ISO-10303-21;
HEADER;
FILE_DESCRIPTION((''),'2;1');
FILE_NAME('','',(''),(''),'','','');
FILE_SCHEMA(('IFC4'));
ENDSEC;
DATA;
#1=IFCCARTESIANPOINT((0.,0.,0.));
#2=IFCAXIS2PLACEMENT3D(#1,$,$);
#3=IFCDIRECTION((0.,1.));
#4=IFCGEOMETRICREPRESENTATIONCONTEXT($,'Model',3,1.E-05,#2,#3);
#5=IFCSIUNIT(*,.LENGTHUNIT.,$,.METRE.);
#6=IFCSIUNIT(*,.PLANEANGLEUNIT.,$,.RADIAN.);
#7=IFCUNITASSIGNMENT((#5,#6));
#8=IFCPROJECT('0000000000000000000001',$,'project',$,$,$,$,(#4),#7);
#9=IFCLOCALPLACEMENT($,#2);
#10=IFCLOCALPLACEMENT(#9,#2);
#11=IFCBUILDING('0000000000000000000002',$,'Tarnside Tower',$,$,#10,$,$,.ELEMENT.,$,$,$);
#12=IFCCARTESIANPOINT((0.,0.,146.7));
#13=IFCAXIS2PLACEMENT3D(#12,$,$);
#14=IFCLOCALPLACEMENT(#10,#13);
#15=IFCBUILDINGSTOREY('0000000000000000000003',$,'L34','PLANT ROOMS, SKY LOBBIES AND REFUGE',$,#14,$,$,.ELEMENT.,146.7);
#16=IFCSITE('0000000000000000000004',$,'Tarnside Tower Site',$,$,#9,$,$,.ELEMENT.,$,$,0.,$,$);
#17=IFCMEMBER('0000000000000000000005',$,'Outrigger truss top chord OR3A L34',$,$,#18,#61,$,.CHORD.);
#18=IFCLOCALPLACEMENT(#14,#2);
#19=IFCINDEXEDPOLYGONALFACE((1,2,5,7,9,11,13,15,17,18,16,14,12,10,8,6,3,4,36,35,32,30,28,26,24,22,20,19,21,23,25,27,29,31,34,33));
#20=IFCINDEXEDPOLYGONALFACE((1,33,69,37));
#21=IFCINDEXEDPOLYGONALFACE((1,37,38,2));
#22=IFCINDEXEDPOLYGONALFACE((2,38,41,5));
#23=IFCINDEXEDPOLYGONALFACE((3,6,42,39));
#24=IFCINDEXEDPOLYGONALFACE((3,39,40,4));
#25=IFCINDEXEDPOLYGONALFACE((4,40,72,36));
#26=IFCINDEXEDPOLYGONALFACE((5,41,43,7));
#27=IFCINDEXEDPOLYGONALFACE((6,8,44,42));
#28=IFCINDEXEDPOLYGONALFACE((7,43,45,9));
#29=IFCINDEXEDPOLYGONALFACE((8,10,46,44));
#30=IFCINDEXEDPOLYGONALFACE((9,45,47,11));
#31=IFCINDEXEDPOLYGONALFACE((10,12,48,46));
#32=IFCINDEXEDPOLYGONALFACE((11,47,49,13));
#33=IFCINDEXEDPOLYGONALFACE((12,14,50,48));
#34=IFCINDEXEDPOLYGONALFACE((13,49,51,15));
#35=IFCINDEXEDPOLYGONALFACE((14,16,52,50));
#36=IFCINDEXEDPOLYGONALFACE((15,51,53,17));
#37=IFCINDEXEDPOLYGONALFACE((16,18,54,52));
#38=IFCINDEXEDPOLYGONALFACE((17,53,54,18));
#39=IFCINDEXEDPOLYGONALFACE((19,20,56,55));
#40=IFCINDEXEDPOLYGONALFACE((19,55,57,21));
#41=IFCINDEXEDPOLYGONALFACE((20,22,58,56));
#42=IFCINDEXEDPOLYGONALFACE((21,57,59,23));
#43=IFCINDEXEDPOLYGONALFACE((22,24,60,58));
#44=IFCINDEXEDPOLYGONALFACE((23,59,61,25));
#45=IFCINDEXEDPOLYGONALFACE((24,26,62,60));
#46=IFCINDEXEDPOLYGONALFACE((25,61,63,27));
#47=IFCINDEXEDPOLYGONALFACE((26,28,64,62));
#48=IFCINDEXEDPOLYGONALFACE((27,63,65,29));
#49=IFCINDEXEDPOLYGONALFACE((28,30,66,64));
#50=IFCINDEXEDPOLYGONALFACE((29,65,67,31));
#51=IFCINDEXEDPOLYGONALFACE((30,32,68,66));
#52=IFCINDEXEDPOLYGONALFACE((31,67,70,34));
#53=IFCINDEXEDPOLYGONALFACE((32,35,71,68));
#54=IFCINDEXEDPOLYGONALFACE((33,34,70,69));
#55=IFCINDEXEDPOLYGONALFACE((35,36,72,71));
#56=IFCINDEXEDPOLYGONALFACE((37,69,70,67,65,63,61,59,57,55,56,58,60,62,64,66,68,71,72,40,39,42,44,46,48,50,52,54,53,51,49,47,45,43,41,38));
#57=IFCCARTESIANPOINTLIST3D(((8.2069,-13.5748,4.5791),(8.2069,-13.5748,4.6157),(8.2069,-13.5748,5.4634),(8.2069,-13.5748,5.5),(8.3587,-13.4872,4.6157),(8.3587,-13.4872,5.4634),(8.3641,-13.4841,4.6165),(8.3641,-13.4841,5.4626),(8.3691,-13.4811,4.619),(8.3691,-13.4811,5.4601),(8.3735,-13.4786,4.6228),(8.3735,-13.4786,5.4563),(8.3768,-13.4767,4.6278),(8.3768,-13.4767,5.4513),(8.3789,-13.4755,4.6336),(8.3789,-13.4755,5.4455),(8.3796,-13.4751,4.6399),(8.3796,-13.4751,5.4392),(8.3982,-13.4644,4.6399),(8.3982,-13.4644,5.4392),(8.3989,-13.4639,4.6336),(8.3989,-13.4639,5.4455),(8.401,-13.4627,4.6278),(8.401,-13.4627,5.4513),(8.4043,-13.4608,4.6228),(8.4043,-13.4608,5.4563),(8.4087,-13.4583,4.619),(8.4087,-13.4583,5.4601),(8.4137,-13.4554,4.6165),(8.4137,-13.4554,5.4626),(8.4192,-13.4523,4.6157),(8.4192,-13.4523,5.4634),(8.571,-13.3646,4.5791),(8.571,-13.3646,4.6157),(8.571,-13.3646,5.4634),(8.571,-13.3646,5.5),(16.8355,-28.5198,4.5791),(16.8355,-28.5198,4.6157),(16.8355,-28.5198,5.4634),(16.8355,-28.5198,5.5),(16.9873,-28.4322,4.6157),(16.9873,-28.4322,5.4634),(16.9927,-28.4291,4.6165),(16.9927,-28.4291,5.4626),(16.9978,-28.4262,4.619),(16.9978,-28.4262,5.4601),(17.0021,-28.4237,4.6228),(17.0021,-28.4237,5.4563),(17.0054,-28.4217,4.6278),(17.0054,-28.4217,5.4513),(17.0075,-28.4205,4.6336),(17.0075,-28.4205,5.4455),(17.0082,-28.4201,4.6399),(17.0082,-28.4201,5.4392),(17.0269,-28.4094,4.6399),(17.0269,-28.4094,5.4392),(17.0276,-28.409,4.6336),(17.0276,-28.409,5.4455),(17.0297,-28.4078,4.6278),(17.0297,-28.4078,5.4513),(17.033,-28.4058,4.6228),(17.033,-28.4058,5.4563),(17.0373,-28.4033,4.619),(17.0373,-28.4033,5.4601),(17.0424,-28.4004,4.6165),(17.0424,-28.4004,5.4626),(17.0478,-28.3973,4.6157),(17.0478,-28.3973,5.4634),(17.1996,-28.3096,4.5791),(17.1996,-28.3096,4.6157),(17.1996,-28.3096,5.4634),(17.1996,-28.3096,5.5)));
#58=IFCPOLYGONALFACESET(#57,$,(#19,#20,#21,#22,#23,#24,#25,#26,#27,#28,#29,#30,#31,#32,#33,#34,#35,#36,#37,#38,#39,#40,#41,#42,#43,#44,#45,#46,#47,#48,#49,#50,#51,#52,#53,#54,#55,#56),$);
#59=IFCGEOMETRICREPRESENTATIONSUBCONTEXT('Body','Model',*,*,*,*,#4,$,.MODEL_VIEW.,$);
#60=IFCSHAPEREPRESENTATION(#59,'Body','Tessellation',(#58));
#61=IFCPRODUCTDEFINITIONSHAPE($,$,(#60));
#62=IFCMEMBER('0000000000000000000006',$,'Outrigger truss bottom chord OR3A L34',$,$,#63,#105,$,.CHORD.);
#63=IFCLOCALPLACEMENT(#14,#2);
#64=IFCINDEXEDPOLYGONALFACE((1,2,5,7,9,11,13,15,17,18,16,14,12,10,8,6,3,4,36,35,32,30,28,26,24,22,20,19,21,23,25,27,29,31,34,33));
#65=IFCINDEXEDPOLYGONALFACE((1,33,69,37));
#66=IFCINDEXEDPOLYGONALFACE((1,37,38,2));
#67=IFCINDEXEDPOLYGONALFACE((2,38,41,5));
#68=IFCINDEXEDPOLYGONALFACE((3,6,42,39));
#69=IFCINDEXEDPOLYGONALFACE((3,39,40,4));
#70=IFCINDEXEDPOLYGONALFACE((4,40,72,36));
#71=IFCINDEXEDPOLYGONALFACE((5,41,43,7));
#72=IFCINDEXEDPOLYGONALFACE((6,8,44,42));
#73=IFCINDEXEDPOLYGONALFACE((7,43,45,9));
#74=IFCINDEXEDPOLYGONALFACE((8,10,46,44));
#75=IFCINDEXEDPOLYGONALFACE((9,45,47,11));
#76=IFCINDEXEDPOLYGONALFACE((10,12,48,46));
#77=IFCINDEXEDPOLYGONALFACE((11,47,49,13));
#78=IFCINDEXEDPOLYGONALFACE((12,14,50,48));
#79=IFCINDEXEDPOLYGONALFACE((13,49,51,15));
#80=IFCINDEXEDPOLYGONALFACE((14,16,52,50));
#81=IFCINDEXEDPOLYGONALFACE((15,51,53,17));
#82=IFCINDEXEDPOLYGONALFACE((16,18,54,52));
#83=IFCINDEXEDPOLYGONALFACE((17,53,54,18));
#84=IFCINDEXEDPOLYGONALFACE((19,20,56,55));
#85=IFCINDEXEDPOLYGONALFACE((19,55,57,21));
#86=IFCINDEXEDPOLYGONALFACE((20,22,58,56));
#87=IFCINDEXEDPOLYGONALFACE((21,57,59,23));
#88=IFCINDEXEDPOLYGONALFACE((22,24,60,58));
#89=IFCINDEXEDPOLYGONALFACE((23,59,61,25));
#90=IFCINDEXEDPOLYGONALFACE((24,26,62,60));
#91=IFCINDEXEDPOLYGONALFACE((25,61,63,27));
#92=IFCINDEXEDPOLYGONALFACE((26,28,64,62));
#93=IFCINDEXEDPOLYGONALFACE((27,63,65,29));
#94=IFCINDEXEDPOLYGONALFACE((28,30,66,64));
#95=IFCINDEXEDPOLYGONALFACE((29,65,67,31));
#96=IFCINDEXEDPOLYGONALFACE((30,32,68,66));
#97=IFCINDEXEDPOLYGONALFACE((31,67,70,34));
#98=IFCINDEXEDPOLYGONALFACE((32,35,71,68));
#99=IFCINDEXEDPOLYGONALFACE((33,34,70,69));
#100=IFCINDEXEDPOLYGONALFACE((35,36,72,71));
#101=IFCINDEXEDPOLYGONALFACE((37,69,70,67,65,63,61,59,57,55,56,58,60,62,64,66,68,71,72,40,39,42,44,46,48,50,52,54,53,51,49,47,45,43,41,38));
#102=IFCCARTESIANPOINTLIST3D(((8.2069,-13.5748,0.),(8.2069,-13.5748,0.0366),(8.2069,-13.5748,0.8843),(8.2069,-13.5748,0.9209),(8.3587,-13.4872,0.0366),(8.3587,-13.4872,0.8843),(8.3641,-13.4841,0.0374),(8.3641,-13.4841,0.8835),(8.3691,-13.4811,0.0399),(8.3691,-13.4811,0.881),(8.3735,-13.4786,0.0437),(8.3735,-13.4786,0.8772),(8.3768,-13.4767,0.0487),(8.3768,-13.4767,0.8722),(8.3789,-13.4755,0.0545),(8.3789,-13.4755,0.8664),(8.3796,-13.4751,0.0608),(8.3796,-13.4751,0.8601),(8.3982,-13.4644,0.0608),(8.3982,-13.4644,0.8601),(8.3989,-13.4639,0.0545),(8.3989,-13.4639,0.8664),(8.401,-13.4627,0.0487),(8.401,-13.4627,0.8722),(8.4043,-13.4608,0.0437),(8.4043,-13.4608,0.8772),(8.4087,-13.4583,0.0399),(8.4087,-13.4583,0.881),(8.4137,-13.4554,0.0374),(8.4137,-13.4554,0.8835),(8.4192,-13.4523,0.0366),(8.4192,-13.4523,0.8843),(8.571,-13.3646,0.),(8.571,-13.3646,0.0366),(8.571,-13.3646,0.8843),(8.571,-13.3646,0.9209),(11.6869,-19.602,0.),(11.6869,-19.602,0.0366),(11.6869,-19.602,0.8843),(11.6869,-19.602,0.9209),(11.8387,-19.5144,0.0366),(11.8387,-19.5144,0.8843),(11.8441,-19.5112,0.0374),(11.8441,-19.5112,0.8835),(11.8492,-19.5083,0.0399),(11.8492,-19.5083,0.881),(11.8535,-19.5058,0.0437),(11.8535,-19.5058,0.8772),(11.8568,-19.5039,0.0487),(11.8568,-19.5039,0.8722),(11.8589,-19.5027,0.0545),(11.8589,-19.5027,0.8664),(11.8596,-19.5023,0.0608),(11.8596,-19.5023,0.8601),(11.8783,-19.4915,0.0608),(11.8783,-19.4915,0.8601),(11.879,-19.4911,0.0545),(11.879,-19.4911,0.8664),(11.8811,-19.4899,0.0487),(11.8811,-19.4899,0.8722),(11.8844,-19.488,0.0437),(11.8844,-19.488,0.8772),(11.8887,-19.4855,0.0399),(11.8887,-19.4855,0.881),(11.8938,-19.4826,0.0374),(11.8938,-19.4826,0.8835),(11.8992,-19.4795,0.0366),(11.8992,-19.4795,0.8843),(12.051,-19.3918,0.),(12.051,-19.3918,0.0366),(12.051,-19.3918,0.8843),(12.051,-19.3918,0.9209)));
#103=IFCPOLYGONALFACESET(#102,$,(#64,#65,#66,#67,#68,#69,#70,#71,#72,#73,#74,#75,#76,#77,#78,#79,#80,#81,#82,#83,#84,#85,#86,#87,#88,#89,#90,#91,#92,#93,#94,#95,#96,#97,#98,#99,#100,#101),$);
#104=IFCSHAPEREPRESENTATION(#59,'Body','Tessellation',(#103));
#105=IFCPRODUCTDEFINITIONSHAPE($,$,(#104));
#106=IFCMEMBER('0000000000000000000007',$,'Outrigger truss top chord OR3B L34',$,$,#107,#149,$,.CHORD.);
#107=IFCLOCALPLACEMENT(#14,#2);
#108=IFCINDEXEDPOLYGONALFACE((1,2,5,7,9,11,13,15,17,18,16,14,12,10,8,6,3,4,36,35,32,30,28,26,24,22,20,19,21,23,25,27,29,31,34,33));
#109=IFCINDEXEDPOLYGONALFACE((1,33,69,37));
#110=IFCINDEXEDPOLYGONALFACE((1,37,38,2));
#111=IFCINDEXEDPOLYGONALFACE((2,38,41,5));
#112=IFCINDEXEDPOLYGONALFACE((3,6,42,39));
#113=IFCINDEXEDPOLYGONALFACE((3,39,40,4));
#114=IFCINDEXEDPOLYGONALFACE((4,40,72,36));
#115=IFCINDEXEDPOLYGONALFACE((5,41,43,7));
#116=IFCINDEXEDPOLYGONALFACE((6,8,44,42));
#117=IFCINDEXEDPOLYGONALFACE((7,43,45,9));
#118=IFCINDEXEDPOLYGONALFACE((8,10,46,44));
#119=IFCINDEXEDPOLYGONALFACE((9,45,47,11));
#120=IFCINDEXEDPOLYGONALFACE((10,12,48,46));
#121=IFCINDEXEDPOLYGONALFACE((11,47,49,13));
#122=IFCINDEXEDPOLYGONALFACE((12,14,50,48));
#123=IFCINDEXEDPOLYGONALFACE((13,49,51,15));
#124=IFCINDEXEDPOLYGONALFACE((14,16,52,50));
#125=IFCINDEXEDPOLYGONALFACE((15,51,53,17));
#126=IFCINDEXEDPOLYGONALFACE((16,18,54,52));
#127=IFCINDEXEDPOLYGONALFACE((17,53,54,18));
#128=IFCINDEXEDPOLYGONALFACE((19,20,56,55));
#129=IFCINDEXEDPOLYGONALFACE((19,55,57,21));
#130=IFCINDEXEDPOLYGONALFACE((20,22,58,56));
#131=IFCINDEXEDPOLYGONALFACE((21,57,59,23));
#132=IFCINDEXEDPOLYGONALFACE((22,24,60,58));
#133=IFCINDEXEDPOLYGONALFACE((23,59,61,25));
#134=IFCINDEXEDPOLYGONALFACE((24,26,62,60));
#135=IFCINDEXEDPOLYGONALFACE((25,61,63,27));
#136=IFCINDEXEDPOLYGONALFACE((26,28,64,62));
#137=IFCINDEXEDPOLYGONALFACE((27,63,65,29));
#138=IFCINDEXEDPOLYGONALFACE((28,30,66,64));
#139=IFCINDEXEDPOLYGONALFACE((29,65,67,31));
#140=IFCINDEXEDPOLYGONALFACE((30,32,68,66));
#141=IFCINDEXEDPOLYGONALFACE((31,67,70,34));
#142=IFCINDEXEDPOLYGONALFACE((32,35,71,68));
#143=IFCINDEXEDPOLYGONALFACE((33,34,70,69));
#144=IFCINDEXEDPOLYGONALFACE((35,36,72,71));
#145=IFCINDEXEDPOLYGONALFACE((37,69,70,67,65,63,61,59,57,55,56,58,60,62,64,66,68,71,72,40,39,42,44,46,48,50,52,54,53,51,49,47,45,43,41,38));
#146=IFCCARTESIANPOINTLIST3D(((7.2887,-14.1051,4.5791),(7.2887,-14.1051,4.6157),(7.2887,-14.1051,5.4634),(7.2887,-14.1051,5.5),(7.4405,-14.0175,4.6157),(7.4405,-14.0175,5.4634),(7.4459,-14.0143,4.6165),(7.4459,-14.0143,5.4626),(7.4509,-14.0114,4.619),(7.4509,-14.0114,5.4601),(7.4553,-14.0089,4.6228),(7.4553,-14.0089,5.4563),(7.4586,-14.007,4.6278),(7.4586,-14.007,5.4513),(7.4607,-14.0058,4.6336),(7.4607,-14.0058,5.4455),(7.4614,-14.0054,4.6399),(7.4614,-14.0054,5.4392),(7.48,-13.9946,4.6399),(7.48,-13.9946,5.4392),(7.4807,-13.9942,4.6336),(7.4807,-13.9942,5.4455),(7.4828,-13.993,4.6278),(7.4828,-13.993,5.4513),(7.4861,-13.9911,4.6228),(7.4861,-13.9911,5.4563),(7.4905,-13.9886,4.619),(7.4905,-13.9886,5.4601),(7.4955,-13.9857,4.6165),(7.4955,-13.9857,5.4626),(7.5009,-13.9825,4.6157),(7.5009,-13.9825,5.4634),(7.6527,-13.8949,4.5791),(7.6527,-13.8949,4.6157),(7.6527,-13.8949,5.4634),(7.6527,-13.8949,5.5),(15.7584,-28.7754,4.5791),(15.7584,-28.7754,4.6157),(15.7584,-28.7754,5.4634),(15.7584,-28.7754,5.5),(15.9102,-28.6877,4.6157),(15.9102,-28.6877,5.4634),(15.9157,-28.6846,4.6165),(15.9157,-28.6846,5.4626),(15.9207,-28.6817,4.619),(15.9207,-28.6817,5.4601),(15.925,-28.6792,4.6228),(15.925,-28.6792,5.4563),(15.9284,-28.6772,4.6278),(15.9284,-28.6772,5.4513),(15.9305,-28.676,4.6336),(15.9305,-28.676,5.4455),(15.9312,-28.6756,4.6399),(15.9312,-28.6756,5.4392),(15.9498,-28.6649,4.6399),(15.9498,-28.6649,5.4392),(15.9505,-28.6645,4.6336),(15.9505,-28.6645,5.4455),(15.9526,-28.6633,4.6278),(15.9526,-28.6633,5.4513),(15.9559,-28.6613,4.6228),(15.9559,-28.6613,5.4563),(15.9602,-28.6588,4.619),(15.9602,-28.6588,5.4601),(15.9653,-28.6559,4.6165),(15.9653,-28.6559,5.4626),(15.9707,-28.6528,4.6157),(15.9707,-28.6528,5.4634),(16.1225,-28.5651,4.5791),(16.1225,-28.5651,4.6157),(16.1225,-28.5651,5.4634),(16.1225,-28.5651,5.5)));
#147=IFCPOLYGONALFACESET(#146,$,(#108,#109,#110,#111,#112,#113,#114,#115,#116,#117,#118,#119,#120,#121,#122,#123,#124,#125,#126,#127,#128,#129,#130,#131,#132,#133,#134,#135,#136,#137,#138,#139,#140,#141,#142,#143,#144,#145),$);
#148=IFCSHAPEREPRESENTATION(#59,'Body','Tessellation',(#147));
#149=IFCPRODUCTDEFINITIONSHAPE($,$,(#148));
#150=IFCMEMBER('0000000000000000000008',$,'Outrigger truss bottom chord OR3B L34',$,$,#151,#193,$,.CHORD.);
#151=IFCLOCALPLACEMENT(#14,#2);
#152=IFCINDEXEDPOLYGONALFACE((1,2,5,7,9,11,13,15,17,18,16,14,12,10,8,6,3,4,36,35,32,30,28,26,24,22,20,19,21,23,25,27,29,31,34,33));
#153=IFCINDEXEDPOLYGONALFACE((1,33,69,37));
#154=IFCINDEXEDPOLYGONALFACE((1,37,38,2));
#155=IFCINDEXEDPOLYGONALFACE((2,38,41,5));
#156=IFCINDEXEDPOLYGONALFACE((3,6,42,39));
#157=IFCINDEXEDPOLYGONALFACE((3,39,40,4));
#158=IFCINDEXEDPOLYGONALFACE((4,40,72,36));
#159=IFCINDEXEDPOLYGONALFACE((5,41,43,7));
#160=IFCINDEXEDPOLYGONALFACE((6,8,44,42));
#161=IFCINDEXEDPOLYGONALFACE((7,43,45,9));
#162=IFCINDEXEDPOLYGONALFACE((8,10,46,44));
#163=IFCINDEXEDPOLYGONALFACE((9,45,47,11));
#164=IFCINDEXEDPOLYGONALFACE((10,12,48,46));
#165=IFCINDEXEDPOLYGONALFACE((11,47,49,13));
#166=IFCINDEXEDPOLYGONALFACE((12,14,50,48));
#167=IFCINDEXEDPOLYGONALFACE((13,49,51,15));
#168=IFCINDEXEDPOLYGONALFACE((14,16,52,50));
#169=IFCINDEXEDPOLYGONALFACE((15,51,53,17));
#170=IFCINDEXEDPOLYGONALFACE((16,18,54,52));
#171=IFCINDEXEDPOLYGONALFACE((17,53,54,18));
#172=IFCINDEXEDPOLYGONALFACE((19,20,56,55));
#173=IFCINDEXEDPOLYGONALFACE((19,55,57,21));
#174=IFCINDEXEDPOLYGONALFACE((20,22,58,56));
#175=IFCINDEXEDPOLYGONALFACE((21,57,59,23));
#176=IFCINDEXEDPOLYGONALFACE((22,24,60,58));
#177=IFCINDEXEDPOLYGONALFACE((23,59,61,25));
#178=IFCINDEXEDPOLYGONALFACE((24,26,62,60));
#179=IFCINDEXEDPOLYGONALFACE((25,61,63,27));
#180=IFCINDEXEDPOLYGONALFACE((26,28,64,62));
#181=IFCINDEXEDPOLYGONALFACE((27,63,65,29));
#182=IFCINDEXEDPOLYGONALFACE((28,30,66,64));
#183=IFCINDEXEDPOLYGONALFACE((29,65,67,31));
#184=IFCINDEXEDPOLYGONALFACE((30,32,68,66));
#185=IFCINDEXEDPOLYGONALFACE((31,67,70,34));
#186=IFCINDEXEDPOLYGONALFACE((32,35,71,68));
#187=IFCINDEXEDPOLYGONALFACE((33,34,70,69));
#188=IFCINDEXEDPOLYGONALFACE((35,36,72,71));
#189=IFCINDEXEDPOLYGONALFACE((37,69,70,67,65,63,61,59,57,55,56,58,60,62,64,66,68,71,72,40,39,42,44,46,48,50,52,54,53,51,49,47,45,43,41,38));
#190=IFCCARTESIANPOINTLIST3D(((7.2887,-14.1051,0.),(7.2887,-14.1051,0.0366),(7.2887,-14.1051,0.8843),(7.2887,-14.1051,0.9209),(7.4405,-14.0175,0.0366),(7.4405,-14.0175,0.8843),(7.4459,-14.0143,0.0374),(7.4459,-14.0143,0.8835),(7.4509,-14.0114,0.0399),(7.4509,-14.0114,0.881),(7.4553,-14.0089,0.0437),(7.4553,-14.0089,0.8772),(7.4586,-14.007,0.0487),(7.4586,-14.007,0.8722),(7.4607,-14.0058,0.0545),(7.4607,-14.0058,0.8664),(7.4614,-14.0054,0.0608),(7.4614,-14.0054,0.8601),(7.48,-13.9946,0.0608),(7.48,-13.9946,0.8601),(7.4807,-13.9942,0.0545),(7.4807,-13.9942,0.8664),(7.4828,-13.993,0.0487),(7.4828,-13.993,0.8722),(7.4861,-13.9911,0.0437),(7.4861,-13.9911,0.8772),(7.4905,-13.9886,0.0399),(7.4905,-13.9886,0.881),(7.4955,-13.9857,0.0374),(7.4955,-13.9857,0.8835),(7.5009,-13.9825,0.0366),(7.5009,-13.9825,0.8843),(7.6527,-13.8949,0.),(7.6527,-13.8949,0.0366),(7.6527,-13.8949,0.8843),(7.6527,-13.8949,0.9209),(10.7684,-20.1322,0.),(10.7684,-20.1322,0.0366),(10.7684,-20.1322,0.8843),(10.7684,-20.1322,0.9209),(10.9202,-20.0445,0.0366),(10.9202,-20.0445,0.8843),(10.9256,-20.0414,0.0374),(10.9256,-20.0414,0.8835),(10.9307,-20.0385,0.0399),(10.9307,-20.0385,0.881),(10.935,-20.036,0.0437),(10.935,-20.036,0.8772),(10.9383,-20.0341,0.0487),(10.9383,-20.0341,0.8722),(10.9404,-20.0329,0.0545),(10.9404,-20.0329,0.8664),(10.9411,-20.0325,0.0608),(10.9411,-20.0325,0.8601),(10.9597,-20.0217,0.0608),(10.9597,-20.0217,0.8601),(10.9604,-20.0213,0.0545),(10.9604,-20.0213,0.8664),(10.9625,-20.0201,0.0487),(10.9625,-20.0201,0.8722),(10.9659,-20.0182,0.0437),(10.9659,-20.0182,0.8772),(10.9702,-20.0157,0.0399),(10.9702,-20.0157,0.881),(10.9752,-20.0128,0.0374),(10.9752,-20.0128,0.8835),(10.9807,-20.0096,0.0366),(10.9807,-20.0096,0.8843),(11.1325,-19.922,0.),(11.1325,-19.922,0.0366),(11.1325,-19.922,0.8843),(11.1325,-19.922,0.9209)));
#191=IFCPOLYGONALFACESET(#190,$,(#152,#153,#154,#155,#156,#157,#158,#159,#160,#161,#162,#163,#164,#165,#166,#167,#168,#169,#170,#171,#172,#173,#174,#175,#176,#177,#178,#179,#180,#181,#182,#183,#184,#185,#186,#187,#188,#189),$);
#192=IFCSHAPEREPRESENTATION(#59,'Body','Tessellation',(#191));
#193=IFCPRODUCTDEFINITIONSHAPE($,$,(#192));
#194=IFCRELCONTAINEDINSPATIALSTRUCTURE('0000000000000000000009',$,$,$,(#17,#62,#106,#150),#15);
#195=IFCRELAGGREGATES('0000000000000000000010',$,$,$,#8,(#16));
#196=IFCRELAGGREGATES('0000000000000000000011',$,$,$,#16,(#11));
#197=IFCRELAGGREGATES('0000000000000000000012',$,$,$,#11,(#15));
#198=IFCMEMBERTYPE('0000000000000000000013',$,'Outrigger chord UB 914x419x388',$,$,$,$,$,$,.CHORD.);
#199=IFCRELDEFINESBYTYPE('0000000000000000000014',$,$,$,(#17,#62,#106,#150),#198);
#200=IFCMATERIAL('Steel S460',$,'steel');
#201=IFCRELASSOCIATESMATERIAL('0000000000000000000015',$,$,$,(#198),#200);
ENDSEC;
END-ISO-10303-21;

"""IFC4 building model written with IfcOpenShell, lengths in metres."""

from ifc_helpers import new_model, si_unit, direction, frame, origin, origin_2d, place, context, subcontext, project, spatial, i_section, extrude, material, material_profile, profile_set, type_object, element, save


model = new_model("IFC4")

# Units and contexts
model_context = context("Model", 3, precision=1e-05, world=origin(), true_north=direction((0.0, 1.0)))
body_context = subcontext(model_context, "Body", "Model", "MODEL_VIEW")
ifc_project = project(units=[si_unit("LENGTHUNIT", "METRE"), si_unit("PLANEANGLEUNIT", "RADIAN")], contexts=[model_context])

# Site, building, storey
site_placement = place(None, origin())
site = spatial("IfcSite", under=ifc_project, at=site_placement, Name="Tarnside Tower Site", CompositionType="ELEMENT", RefElevation=0.0)
building_placement = place(site_placement, origin())
building = spatial("IfcBuilding", under=site, at=building_placement, Name="Tarnside Tower", CompositionType="ELEMENT")
storey_placement = place(building_placement, frame((0.0, 0.0, 146.7)))
storey = spatial("IfcBuildingStorey", under=building, at=storey_placement, Name="L34", Description="PLANT ROOMS, SKY LOBBIES AND REFUGE", CompositionType="ELEMENT", Elevation=146.7)

# Members
ifc_material_1 = material(Name="Steel S460", Category="steel")
ifc_material_profile_1 = material_profile(ifc_material_1, i_section(OverallWidth=0.4204, OverallDepth=0.9209, WebThickness=0.0215, FlangeThickness=0.0366, FilletRadius=0.0242, at=origin_2d()), Name="UB 914x419x388")
ifc_profile_set_1 = profile_set([ifc_material_profile_1], Name="Steel S460")
member_type_1 = type_object("IfcMemberType", Name="Outrigger chord UB 914x419x388", PredefinedType="CHORD", material=ifc_profile_set_1)
member_1_placement = place(storey_placement, frame((8.3889, -13.4697, 5.0396), z_axis=(0.500005, -0.866022, 0.0), x_axis=(0.866022, 0.500005, 0.0)))
element("IfcMember", 1, at=member_1_placement, inside=storey, type_object=member_type_1, Name="Outrigger truss top chord OR3A L34", PredefinedType="CHORD", context=body_context, shape_type="SweptSolid", body=[
    extrude(i_section(OverallWidth=0.4204, OverallDepth=0.9209, WebThickness=0.0215, FlangeThickness=0.0366, FilletRadius=0.0242, at=origin_2d()), origin(), (0.0, 0.0, 1.0), 17.2571),
])
member_2_placement = place(storey_placement, frame((8.3889, -13.4697, 0.4604), z_axis=(0.500025, -0.866011, 0.0), x_axis=(0.866011, 0.500025, 0.0)))
element("IfcMember", 2, at=member_2_placement, inside=storey, type_object=member_type_1, Name="Outrigger truss bottom chord OR3A L34", PredefinedType="CHORD", context=body_context, shape_type="SweptSolid", body=[
    extrude(i_section(OverallWidth=0.4204, OverallDepth=0.9209, WebThickness=0.0215, FlangeThickness=0.0366, FilletRadius=0.0242, at=origin_2d()), origin(), (0.0, 0.0, 1.0), 6.9597),
])
member_3_placement = place(storey_placement, frame((7.4707, -14.0, 5.0396), z_axis=(0.499996, -0.866028, 0.0), x_axis=(0.866028, 0.499996, 0.0)))
element("IfcMember", 3, at=member_3_placement, inside=storey, type_object=member_type_1, Name="Outrigger truss top chord OR3B L34", PredefinedType="CHORD", context=body_context, shape_type="SweptSolid", body=[
    extrude(i_section(OverallWidth=0.4204, OverallDepth=0.9209, WebThickness=0.0215, FlangeThickness=0.0366, FilletRadius=0.0242, at=origin_2d()), origin(), (0.0, 0.0, 1.0), 16.9397),
])
member_4_placement = place(storey_placement, frame((7.4707, -14.0, 0.4604), z_axis=(0.499999, -0.866026, 0.0), x_axis=(0.866026, 0.499999, 0.0)))
element("IfcMember", 4, at=member_4_placement, inside=storey, type_object=member_type_1, Name="Outrigger truss bottom chord OR3B L34", PredefinedType="CHORD", context=body_context, shape_type="SweptSolid", body=[
    extrude(i_section(OverallWidth=0.4204, OverallDepth=0.9209, WebThickness=0.0215, FlangeThickness=0.0366, FilletRadius=0.0242, at=origin_2d()), origin(), (0.0, 0.0, 1.0), 6.9595),
])

save(model, "model.ifc")
